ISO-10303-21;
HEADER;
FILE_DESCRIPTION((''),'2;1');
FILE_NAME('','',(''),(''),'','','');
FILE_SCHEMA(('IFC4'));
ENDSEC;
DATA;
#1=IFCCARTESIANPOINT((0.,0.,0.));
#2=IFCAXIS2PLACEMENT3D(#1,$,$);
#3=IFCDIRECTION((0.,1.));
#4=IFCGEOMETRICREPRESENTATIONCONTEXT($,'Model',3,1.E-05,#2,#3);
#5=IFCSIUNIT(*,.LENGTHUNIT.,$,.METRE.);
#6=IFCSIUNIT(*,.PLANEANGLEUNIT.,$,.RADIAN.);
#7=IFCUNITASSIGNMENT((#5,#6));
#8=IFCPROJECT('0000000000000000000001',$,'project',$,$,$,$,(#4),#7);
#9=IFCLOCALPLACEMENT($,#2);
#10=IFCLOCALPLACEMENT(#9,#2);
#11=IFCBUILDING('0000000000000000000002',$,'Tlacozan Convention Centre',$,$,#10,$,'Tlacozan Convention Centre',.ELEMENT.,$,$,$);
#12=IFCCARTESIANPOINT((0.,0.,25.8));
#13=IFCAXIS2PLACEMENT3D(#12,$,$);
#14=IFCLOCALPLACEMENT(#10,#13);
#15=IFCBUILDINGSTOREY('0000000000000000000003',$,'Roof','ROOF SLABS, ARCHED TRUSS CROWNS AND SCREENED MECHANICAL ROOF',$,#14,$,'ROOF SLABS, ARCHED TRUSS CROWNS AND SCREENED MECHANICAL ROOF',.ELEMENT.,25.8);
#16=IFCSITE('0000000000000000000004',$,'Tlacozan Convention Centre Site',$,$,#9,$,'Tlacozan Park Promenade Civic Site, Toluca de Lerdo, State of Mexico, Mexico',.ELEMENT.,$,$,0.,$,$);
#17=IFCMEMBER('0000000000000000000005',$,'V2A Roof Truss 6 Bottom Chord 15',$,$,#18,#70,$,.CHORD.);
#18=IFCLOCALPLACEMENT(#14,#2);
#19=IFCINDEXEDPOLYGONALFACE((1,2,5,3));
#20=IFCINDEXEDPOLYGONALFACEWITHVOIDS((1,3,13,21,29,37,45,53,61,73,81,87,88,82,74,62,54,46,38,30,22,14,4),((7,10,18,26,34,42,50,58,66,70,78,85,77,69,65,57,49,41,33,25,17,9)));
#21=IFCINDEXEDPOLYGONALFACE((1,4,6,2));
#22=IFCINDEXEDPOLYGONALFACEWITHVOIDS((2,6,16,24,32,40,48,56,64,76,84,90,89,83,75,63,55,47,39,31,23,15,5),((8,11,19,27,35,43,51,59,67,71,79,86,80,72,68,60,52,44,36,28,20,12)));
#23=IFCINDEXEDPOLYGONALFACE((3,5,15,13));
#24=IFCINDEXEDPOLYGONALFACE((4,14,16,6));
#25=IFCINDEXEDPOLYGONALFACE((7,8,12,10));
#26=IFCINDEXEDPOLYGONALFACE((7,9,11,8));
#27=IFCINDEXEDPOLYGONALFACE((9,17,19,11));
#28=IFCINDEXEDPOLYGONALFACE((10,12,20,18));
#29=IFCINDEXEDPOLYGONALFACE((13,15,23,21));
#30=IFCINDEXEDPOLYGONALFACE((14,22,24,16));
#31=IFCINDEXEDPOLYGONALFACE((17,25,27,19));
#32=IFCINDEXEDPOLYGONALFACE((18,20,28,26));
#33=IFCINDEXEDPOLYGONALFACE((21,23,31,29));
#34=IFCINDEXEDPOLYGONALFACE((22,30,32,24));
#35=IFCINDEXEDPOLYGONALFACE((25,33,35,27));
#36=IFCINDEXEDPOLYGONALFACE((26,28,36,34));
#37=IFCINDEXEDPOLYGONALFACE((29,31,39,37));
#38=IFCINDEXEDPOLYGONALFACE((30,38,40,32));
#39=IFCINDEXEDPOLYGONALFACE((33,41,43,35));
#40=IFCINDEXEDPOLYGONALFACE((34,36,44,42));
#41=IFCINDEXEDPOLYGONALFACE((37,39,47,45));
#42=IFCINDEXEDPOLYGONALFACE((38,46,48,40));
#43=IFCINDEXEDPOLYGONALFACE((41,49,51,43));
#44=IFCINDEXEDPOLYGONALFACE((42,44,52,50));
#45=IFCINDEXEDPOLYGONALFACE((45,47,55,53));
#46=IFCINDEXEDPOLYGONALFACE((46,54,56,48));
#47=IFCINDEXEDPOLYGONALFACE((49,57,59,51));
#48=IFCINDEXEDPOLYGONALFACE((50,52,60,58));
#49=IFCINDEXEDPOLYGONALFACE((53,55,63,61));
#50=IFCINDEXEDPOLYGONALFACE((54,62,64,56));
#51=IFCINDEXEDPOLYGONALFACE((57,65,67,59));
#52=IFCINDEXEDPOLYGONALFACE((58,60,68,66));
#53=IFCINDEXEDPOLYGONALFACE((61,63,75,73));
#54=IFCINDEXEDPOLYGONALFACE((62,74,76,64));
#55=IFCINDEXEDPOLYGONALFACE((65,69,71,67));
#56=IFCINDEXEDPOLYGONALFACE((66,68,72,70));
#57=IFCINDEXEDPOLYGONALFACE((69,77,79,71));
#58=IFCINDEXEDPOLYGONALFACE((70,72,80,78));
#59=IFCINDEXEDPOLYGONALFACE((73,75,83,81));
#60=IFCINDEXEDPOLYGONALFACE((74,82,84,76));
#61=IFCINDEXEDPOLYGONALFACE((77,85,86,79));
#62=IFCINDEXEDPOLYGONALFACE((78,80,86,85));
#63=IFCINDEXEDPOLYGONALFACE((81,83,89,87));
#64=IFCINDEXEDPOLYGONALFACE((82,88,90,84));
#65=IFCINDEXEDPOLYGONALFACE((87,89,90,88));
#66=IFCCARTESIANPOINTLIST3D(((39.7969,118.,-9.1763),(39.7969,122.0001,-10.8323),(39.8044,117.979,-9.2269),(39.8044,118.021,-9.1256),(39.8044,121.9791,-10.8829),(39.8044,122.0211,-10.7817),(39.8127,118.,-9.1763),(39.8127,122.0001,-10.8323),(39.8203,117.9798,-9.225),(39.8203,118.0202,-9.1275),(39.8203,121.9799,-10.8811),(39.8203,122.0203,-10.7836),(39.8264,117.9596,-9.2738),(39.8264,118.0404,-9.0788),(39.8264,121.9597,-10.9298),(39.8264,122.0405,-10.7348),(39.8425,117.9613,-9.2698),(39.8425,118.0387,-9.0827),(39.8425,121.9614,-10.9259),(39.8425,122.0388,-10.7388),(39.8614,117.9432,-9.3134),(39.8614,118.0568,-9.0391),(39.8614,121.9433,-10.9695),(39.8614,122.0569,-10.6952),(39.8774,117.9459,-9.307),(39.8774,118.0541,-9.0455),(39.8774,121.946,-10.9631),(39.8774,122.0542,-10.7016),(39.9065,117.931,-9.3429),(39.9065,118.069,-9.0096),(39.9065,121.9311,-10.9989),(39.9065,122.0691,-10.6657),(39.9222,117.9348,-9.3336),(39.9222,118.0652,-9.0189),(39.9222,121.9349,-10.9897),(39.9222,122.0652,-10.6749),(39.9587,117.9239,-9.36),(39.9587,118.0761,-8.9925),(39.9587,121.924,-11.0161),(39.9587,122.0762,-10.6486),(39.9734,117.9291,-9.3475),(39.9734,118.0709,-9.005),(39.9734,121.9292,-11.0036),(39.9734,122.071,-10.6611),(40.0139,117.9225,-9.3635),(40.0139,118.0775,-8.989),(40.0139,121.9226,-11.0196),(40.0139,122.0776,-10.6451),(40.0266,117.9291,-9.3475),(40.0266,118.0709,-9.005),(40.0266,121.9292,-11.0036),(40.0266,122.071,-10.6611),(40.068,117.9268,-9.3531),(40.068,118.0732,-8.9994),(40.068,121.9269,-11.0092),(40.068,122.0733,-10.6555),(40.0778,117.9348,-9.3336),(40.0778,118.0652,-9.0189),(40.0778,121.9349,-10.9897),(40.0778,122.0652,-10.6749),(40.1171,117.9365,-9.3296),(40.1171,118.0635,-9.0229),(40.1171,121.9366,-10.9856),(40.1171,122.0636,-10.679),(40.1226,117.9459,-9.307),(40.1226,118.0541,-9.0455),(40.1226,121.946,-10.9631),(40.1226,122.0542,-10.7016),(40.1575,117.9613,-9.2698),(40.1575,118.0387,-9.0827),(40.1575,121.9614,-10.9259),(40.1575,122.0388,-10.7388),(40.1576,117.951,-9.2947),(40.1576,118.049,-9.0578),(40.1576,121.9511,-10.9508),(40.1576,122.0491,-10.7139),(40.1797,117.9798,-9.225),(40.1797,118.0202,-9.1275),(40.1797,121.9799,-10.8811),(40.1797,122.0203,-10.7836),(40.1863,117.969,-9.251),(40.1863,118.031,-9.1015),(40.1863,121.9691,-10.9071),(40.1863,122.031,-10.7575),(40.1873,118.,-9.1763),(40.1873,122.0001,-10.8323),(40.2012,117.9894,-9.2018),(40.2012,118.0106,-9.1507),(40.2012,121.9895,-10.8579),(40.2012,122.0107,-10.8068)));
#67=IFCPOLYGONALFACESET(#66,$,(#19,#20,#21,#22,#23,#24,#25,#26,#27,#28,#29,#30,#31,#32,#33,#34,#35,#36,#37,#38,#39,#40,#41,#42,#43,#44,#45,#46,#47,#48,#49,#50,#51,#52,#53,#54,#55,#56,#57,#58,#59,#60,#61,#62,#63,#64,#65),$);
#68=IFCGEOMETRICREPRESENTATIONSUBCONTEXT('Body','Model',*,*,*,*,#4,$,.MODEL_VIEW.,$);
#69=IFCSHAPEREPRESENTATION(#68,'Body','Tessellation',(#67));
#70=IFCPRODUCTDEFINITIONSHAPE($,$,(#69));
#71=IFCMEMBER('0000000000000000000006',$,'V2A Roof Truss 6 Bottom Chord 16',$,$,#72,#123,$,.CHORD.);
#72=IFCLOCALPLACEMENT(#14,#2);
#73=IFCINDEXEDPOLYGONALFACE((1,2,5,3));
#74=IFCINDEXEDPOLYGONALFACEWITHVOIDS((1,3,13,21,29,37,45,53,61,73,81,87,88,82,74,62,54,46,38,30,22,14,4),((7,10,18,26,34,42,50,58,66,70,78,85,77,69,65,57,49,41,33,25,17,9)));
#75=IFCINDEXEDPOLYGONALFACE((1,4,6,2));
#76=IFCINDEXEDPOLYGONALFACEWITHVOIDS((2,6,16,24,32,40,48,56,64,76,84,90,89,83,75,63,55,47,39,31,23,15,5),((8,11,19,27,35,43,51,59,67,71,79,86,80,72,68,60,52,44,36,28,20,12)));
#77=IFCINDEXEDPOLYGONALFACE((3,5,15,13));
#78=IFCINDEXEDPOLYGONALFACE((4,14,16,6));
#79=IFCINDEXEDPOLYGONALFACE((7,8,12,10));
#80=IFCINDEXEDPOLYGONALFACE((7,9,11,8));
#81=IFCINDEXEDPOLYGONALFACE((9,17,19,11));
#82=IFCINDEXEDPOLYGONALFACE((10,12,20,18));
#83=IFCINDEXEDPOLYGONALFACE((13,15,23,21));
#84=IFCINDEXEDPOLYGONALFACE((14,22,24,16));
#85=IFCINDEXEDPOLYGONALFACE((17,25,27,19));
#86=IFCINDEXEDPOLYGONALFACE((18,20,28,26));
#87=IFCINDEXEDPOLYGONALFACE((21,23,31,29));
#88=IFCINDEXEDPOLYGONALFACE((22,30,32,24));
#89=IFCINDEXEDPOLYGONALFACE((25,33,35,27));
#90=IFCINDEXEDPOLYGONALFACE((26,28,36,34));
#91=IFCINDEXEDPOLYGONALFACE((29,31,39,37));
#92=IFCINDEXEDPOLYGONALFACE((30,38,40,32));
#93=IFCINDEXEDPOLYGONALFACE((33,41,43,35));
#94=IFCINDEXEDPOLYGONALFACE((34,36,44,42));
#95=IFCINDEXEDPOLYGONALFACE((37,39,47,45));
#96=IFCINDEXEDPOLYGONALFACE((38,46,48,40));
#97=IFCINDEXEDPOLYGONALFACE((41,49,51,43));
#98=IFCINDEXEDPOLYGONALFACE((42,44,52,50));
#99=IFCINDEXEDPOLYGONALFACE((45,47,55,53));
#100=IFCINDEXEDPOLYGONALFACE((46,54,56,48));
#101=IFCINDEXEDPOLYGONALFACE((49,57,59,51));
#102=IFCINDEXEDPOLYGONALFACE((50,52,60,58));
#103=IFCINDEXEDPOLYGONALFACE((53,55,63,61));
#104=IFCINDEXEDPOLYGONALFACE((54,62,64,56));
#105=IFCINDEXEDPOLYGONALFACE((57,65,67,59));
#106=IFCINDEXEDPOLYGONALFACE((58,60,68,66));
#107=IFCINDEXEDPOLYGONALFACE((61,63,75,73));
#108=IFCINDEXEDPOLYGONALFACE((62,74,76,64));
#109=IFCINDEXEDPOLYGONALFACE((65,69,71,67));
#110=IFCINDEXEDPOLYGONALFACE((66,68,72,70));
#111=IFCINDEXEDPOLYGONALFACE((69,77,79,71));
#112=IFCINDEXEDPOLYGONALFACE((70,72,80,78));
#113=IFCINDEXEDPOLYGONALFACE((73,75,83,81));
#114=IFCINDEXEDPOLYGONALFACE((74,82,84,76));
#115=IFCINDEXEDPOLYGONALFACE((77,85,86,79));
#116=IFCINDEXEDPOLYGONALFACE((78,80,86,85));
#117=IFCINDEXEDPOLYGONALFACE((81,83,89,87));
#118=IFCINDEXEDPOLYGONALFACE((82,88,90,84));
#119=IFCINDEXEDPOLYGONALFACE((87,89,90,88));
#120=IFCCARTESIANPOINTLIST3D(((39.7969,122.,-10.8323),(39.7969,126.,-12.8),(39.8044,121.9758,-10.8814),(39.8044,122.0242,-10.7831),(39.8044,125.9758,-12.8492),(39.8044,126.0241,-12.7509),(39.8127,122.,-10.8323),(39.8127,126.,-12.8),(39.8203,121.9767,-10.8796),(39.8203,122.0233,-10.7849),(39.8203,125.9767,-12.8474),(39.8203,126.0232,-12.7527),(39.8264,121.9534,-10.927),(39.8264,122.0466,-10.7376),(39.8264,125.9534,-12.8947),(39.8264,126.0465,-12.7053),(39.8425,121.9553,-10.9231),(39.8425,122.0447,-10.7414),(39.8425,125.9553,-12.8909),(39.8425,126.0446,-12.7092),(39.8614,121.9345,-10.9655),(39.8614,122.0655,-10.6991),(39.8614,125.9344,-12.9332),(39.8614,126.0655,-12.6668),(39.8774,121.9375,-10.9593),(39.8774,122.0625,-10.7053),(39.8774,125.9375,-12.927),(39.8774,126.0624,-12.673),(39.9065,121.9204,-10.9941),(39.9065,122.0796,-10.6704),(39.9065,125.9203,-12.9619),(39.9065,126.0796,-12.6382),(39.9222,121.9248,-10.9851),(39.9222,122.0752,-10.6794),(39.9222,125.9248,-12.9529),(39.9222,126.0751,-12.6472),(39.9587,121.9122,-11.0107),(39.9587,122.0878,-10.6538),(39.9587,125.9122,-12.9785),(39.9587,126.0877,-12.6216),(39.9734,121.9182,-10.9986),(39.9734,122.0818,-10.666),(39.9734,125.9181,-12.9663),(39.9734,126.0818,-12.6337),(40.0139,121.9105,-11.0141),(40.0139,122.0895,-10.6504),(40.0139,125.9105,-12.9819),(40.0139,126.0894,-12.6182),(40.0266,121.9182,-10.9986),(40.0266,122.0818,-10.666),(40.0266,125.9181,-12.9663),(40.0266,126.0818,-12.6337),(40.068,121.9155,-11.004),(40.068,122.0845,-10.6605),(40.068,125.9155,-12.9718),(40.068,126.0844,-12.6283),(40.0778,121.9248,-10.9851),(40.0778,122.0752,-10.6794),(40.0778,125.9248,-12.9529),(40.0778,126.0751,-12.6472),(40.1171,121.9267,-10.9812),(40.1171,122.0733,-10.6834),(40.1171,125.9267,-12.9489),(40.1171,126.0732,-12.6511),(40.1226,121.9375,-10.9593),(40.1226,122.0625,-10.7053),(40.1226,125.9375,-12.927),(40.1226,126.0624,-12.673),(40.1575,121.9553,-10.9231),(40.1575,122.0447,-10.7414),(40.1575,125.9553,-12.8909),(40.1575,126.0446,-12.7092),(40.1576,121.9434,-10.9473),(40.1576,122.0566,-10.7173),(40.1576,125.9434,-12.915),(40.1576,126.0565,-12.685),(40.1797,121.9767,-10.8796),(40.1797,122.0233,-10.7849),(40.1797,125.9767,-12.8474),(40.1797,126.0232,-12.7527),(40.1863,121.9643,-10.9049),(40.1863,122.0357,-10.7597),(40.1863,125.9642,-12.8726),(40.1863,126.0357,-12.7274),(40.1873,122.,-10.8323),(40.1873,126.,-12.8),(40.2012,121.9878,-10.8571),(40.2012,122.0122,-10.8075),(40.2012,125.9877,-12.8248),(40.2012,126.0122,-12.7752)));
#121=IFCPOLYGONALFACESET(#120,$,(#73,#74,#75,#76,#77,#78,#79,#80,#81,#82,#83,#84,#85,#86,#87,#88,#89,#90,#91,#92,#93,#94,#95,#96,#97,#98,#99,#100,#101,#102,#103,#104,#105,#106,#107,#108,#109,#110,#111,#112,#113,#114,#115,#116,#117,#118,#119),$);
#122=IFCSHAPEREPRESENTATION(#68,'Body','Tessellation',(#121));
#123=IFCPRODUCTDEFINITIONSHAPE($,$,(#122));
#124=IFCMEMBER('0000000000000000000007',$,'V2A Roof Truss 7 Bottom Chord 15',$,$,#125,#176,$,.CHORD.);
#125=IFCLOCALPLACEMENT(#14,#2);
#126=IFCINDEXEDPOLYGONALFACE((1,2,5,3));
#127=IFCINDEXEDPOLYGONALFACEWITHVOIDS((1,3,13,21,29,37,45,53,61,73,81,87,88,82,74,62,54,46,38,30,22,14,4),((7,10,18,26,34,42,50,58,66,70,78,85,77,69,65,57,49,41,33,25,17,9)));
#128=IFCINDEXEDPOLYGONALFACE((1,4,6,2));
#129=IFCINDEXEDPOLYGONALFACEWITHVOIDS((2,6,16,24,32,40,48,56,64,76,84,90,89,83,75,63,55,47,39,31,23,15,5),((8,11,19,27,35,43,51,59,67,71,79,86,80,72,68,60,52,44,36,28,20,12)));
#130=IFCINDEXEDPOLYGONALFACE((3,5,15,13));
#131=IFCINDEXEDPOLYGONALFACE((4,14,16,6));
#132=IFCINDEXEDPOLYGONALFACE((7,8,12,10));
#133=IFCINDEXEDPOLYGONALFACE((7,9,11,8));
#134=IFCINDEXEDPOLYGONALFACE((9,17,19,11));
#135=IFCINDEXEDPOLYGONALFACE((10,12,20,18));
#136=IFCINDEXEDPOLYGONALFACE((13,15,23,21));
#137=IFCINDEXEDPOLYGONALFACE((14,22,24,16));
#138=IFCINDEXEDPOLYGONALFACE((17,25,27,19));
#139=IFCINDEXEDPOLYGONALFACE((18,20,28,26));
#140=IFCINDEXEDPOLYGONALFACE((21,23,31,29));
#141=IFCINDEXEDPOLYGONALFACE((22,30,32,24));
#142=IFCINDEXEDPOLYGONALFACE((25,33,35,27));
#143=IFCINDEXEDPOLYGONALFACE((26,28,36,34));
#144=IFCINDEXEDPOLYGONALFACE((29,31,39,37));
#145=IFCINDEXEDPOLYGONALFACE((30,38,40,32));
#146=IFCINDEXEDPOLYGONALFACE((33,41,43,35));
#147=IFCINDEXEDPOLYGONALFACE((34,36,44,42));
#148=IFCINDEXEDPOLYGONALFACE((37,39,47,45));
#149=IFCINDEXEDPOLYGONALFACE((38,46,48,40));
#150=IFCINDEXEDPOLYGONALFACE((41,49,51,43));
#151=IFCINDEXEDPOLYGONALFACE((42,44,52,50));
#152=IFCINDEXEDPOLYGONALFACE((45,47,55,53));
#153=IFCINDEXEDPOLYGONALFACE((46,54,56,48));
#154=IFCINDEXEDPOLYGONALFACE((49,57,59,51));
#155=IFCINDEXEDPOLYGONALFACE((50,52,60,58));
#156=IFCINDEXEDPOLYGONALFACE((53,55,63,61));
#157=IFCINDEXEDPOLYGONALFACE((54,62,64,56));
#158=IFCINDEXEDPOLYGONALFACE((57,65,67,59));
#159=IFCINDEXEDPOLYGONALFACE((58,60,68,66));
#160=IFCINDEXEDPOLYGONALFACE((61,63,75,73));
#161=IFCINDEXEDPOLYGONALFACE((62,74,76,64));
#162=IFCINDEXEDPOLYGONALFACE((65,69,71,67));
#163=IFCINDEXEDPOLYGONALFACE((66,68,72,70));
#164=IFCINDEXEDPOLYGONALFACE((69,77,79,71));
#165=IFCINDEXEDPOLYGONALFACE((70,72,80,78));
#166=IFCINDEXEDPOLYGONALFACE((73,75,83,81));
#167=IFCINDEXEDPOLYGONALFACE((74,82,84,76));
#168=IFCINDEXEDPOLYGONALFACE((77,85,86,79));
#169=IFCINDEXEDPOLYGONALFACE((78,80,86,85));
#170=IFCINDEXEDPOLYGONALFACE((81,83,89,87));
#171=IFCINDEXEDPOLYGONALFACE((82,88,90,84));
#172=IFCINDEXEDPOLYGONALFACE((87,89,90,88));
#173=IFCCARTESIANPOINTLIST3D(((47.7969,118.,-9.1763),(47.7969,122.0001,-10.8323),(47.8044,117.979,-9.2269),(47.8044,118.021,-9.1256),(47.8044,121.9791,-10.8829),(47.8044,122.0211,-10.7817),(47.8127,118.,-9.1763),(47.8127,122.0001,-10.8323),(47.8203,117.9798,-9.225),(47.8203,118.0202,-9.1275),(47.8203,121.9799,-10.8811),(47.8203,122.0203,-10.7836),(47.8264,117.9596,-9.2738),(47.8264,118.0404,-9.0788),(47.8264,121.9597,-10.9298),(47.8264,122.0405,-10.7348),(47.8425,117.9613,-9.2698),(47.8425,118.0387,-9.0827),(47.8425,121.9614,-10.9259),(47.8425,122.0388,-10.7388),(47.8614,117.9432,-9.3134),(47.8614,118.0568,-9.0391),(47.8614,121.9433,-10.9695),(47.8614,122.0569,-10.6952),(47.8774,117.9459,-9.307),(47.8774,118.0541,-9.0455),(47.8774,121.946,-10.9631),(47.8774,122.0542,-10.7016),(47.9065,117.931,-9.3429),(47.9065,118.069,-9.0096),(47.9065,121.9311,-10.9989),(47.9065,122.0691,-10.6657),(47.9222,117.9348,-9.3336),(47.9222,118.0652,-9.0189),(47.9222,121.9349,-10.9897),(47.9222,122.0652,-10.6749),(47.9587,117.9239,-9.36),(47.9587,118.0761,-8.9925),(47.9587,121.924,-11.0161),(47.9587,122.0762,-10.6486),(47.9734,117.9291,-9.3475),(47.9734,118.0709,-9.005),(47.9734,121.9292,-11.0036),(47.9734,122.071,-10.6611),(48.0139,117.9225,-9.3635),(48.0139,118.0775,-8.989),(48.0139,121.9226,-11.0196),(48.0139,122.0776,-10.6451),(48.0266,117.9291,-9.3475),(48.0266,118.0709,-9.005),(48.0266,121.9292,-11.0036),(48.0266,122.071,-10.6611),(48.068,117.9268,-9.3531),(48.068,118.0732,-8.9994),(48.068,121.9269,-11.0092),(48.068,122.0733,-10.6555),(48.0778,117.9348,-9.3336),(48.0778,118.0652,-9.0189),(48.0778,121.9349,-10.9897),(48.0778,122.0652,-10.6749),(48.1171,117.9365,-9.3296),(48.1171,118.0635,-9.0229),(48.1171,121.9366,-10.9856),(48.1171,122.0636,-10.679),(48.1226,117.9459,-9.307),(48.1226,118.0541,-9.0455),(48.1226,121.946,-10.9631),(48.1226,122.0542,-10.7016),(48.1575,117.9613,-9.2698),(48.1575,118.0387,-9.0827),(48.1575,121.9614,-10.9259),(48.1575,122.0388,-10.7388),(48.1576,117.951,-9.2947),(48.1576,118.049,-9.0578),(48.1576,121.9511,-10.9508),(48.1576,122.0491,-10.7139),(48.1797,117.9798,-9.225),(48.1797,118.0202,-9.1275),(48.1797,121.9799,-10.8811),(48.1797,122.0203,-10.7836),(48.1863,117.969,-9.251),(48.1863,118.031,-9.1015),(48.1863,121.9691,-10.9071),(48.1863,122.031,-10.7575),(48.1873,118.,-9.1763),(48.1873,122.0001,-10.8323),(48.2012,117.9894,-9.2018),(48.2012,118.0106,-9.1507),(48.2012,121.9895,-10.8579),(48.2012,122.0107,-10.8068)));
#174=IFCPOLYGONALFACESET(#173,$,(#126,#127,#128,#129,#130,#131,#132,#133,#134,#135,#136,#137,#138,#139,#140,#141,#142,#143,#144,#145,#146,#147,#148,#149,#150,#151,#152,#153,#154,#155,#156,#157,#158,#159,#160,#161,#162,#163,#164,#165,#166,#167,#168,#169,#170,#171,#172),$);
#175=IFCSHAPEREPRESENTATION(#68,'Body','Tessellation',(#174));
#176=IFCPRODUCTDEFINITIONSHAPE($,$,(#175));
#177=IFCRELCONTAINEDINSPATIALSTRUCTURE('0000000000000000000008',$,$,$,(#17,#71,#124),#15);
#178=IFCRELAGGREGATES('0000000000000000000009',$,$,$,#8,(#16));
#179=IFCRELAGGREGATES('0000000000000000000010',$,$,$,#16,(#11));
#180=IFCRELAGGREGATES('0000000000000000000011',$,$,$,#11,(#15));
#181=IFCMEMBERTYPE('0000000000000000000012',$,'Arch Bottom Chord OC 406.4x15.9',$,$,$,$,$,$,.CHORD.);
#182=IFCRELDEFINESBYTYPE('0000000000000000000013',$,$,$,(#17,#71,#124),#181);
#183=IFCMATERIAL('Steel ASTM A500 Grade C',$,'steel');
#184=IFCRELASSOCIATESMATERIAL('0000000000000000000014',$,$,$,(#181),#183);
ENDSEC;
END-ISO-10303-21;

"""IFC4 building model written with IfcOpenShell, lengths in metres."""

from ifc_helpers import new_model, si_unit, direction, frame, origin, origin_2d, place, context, subcontext, project, spatial, hollow_circle, extrude, material, material_profile, profile_set, type_object, element, save


model = new_model("IFC4")

# Units and contexts
model_context = context("Model", 3, precision=1e-05, world=origin(), true_north=direction((0.0, 1.0)))
body_context = subcontext(model_context, "Body", "Model", "MODEL_VIEW")
ifc_project = project(units=[si_unit("LENGTHUNIT", "METRE"), si_unit("PLANEANGLEUNIT", "RADIAN")], contexts=[model_context])

# Site, building, storey
site_placement = place(None, origin())
site = spatial("IfcSite", under=ifc_project, at=site_placement, Name="Tlacozan Convention Centre Site", LongName="Tlacozan Park Promenade Civic Site, Toluca de Lerdo, State of Mexico, Mexico", CompositionType="ELEMENT", RefElevation=0.0)
building_placement = place(site_placement, origin())
building = spatial("IfcBuilding", under=site, at=building_placement, Name="Tlacozan Convention Centre", LongName="Tlacozan Convention Centre", CompositionType="ELEMENT")
storey_placement = place(building_placement, frame((0.0, 0.0, 25.8)))
storey = spatial("IfcBuildingStorey", under=building, at=storey_placement, Name="Roof", Description="ROOF SLABS, ARCHED TRUSS CROWNS AND SCREENED MECHANICAL ROOF", LongName="ROOF SLABS, ARCHED TRUSS CROWNS AND SCREENED MECHANICAL ROOF", CompositionType="ELEMENT", Elevation=25.8)

# Members
ifc_material_1 = material(Name="Steel ASTM A500 Grade C", Category="steel")
ifc_material_profile_1 = material_profile(ifc_material_1, hollow_circle(Radius=0.2031, WallThickness=0.0159, at=origin_2d()), Name="OC 406.4x15.9")
ifc_profile_set_1 = profile_set([ifc_material_profile_1], Name="Steel ASTM A500 Grade C")
member_type_1 = type_object("IfcMemberType", Name="Arch Bottom Chord OC 406.4x15.9", PredefinedType="CHORD", material=ifc_profile_set_1)
member_1_placement = place(storey_placement, frame((40.0, 118.0, -9.1763), z_axis=(0.0, 0.923949, -0.382516), x_axis=(-1.0, 0.0, 0.0)))
element("IfcMember", 1, at=member_1_placement, inside=storey, type_object=member_type_1, Name="V2A Roof Truss 6 Bottom Chord 15", PredefinedType="CHORD", context=body_context, shape_type="SweptSolid", body=[
    extrude(hollow_circle(Radius=0.2031, WallThickness=0.0159, at=origin_2d()), origin(), (0.0, 0.0, 1.0), 4.3293),
])
member_2_placement = place(storey_placement, frame((40.0, 122.0, -10.8323), z_axis=(0.0, 0.8973, -0.441421), x_axis=(-1.0, 0.0, 0.0)))
element("IfcMember", 2, at=member_2_placement, inside=storey, type_object=member_type_1, Name="V2A Roof Truss 6 Bottom Chord 16", PredefinedType="CHORD", context=body_context, shape_type="SweptSolid", body=[
    extrude(hollow_circle(Radius=0.2031, WallThickness=0.0159, at=origin_2d()), origin(), (0.0, 0.0, 1.0), 4.4578),
])
member_3_placement = place(storey_placement, frame((48.0, 118.0, -9.1763), z_axis=(0.0, 0.923949, -0.382516), x_axis=(-1.0, 0.0, 0.0)))
element("IfcMember", 3, at=member_3_placement, inside=storey, type_object=member_type_1, Name="V2A Roof Truss 7 Bottom Chord 15", PredefinedType="CHORD", context=body_context, shape_type="SweptSolid", body=[
    extrude(hollow_circle(Radius=0.2031, WallThickness=0.0159, at=origin_2d()), origin(), (0.0, 0.0, 1.0), 4.3293),
])

save(model, "model.ifc")
